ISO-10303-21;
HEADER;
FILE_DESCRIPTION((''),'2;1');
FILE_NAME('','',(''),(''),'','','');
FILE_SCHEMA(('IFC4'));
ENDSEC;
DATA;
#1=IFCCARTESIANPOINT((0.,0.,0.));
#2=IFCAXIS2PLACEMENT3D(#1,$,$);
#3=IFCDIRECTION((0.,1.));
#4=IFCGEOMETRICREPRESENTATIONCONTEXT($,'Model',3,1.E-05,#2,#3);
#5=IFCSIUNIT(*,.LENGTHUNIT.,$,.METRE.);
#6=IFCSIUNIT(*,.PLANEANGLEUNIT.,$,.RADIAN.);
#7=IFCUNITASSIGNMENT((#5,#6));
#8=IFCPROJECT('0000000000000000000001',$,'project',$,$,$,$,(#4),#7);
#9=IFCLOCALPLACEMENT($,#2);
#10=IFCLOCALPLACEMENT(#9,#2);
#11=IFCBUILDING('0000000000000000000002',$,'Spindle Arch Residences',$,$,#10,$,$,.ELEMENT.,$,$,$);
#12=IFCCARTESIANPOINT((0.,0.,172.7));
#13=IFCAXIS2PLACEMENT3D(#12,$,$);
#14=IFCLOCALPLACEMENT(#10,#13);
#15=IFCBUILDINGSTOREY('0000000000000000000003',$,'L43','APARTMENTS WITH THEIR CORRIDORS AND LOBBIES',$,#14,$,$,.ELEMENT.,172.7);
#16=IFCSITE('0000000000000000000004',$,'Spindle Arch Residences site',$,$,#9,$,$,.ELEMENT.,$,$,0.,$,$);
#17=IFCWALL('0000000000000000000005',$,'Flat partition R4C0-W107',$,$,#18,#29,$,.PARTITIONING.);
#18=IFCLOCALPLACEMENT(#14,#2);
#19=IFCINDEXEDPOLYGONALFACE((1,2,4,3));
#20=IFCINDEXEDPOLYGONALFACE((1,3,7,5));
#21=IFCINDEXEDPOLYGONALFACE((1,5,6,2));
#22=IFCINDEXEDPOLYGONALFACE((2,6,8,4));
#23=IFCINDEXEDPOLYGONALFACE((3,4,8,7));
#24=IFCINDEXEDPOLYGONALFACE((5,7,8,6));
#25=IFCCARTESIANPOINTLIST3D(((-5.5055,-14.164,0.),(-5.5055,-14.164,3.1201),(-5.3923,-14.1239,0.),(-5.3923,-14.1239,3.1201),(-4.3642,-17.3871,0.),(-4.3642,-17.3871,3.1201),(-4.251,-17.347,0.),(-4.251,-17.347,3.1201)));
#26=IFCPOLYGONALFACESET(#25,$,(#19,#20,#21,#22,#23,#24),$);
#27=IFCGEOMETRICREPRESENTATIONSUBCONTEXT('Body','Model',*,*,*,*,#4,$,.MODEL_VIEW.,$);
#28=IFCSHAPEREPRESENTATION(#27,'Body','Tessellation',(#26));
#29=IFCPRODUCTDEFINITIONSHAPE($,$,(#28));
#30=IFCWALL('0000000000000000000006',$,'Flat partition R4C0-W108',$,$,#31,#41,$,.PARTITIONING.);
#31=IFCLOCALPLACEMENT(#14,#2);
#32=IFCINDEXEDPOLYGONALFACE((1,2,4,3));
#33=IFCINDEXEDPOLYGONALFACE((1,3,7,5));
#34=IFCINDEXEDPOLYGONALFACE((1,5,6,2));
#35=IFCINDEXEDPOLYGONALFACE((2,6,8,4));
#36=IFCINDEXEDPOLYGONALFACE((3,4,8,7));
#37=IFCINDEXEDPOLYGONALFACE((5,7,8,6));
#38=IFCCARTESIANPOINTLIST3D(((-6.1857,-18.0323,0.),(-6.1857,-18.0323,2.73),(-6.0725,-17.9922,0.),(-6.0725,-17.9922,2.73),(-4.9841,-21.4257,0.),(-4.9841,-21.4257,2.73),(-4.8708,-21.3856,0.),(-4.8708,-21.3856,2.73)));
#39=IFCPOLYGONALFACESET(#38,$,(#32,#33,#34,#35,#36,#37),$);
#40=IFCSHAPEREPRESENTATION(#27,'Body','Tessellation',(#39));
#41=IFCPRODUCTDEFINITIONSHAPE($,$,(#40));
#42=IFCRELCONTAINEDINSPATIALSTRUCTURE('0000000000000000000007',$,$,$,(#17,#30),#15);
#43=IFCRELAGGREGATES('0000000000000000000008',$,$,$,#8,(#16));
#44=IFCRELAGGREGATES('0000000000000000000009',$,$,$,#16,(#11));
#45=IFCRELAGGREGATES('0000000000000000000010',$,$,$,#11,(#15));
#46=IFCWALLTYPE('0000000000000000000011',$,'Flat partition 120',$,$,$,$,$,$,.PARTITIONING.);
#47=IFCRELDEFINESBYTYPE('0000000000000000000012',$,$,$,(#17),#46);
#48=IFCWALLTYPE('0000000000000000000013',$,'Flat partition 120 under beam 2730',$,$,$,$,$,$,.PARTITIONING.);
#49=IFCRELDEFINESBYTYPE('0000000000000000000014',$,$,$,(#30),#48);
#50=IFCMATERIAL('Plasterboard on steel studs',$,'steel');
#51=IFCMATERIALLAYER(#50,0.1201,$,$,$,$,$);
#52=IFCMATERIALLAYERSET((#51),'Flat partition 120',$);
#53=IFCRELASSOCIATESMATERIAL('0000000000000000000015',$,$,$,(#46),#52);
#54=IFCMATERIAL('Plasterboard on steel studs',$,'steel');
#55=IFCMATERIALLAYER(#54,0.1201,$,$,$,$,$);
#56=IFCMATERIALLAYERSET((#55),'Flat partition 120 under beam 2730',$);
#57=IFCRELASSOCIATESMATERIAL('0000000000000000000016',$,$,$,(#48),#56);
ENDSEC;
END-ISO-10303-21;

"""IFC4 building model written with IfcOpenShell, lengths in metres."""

from ifc_helpers import new_model, si_unit, direction, frame, frame_2d, origin, place, context, subcontext, project, spatial, rectangle, extrude, material, layer, layer_set, type_object, element, save


model = new_model("IFC4")

# Units and contexts
model_context = context("Model", 3, precision=1e-05, world=origin(), true_north=direction((0.0, 1.0)))
body_context = subcontext(model_context, "Body", "Model", "MODEL_VIEW")
ifc_project = project(units=[si_unit("LENGTHUNIT", "METRE"), si_unit("PLANEANGLEUNIT", "RADIAN")], contexts=[model_context])

# Site, building, storey
site_placement = place(None, origin())
site = spatial("IfcSite", under=ifc_project, at=site_placement, Name="Spindle Arch Residences site", CompositionType="ELEMENT", RefElevation=0.0)
building_placement = place(site_placement, origin())
building = spatial("IfcBuilding", under=site, at=building_placement, Name="Spindle Arch Residences", CompositionType="ELEMENT")
storey_placement = place(building_placement, frame((0.0, 0.0, 172.7)))
storey = spatial("IfcBuildingStorey", under=building, at=storey_placement, Name="L43", Description="APARTMENTS WITH THEIR CORRIDORS AND LOBBIES", CompositionType="ELEMENT", Elevation=172.7)

# Shared definitions
ifc_material_1 = material(Name="Plasterboard on steel studs", Category="steel")
ifc_layer_1 = layer(ifc_material_1, 0.1201)
ifc_layer_set_1 = layer_set([ifc_layer_1], Name="Flat partition 120")
wall_type_1 = type_object("IfcWallType", Name="Flat partition 120", PredefinedType="PARTITIONING", material=ifc_layer_set_1)

# Walls
wall_1_placement = place(storey_placement, frame((-4.3076, -17.3669, 0.0), z_axis=(0.0, 0.0, 1.0), x_axis=(-0.333802, 0.942643, 0.0)))
element("IfcWall", 1, at=wall_1_placement, inside=storey, type_object=wall_type_1, Name="Flat partition R4C0-W107", PredefinedType="PARTITIONING", context=body_context, shape_type="SweptSolid", body=[
    extrude(rectangle(XDim=3.4192, YDim=0.1201, at=frame_2d((1.7095, 0.0))), origin(), (0.0, 0.0, 1.0), 3.1201),
])
ifc_material_2 = material(Name="Plasterboard on steel studs", Category="steel")
ifc_layer_2 = layer(ifc_material_2, 0.1201)
ifc_layer_set_2 = layer_set([ifc_layer_2], Name="Flat partition 120 under beam 2730")
wall_type_2 = type_object("IfcWallType", Name="Flat partition 120 under beam 2730", PredefinedType="PARTITIONING", material=ifc_layer_set_2)
wall_2_placement = place(storey_placement, frame((-4.9275, -21.4055, 0.0), z_axis=(0.0, 0.0, 1.0), x_axis=(-0.333813, 0.942639, 0.0)))
element("IfcWall", 2, at=wall_2_placement, inside=storey, type_object=wall_type_2, Name="Flat partition R4C0-W108", PredefinedType="PARTITIONING", context=body_context, shape_type="SweptSolid", body=[
    extrude(rectangle(XDim=3.5999, YDim=0.1201, at=frame_2d((1.7998, 0.0))), origin(), (0.0, 0.0, 1.0), 2.73),
])

save(model, "model.ifc")
